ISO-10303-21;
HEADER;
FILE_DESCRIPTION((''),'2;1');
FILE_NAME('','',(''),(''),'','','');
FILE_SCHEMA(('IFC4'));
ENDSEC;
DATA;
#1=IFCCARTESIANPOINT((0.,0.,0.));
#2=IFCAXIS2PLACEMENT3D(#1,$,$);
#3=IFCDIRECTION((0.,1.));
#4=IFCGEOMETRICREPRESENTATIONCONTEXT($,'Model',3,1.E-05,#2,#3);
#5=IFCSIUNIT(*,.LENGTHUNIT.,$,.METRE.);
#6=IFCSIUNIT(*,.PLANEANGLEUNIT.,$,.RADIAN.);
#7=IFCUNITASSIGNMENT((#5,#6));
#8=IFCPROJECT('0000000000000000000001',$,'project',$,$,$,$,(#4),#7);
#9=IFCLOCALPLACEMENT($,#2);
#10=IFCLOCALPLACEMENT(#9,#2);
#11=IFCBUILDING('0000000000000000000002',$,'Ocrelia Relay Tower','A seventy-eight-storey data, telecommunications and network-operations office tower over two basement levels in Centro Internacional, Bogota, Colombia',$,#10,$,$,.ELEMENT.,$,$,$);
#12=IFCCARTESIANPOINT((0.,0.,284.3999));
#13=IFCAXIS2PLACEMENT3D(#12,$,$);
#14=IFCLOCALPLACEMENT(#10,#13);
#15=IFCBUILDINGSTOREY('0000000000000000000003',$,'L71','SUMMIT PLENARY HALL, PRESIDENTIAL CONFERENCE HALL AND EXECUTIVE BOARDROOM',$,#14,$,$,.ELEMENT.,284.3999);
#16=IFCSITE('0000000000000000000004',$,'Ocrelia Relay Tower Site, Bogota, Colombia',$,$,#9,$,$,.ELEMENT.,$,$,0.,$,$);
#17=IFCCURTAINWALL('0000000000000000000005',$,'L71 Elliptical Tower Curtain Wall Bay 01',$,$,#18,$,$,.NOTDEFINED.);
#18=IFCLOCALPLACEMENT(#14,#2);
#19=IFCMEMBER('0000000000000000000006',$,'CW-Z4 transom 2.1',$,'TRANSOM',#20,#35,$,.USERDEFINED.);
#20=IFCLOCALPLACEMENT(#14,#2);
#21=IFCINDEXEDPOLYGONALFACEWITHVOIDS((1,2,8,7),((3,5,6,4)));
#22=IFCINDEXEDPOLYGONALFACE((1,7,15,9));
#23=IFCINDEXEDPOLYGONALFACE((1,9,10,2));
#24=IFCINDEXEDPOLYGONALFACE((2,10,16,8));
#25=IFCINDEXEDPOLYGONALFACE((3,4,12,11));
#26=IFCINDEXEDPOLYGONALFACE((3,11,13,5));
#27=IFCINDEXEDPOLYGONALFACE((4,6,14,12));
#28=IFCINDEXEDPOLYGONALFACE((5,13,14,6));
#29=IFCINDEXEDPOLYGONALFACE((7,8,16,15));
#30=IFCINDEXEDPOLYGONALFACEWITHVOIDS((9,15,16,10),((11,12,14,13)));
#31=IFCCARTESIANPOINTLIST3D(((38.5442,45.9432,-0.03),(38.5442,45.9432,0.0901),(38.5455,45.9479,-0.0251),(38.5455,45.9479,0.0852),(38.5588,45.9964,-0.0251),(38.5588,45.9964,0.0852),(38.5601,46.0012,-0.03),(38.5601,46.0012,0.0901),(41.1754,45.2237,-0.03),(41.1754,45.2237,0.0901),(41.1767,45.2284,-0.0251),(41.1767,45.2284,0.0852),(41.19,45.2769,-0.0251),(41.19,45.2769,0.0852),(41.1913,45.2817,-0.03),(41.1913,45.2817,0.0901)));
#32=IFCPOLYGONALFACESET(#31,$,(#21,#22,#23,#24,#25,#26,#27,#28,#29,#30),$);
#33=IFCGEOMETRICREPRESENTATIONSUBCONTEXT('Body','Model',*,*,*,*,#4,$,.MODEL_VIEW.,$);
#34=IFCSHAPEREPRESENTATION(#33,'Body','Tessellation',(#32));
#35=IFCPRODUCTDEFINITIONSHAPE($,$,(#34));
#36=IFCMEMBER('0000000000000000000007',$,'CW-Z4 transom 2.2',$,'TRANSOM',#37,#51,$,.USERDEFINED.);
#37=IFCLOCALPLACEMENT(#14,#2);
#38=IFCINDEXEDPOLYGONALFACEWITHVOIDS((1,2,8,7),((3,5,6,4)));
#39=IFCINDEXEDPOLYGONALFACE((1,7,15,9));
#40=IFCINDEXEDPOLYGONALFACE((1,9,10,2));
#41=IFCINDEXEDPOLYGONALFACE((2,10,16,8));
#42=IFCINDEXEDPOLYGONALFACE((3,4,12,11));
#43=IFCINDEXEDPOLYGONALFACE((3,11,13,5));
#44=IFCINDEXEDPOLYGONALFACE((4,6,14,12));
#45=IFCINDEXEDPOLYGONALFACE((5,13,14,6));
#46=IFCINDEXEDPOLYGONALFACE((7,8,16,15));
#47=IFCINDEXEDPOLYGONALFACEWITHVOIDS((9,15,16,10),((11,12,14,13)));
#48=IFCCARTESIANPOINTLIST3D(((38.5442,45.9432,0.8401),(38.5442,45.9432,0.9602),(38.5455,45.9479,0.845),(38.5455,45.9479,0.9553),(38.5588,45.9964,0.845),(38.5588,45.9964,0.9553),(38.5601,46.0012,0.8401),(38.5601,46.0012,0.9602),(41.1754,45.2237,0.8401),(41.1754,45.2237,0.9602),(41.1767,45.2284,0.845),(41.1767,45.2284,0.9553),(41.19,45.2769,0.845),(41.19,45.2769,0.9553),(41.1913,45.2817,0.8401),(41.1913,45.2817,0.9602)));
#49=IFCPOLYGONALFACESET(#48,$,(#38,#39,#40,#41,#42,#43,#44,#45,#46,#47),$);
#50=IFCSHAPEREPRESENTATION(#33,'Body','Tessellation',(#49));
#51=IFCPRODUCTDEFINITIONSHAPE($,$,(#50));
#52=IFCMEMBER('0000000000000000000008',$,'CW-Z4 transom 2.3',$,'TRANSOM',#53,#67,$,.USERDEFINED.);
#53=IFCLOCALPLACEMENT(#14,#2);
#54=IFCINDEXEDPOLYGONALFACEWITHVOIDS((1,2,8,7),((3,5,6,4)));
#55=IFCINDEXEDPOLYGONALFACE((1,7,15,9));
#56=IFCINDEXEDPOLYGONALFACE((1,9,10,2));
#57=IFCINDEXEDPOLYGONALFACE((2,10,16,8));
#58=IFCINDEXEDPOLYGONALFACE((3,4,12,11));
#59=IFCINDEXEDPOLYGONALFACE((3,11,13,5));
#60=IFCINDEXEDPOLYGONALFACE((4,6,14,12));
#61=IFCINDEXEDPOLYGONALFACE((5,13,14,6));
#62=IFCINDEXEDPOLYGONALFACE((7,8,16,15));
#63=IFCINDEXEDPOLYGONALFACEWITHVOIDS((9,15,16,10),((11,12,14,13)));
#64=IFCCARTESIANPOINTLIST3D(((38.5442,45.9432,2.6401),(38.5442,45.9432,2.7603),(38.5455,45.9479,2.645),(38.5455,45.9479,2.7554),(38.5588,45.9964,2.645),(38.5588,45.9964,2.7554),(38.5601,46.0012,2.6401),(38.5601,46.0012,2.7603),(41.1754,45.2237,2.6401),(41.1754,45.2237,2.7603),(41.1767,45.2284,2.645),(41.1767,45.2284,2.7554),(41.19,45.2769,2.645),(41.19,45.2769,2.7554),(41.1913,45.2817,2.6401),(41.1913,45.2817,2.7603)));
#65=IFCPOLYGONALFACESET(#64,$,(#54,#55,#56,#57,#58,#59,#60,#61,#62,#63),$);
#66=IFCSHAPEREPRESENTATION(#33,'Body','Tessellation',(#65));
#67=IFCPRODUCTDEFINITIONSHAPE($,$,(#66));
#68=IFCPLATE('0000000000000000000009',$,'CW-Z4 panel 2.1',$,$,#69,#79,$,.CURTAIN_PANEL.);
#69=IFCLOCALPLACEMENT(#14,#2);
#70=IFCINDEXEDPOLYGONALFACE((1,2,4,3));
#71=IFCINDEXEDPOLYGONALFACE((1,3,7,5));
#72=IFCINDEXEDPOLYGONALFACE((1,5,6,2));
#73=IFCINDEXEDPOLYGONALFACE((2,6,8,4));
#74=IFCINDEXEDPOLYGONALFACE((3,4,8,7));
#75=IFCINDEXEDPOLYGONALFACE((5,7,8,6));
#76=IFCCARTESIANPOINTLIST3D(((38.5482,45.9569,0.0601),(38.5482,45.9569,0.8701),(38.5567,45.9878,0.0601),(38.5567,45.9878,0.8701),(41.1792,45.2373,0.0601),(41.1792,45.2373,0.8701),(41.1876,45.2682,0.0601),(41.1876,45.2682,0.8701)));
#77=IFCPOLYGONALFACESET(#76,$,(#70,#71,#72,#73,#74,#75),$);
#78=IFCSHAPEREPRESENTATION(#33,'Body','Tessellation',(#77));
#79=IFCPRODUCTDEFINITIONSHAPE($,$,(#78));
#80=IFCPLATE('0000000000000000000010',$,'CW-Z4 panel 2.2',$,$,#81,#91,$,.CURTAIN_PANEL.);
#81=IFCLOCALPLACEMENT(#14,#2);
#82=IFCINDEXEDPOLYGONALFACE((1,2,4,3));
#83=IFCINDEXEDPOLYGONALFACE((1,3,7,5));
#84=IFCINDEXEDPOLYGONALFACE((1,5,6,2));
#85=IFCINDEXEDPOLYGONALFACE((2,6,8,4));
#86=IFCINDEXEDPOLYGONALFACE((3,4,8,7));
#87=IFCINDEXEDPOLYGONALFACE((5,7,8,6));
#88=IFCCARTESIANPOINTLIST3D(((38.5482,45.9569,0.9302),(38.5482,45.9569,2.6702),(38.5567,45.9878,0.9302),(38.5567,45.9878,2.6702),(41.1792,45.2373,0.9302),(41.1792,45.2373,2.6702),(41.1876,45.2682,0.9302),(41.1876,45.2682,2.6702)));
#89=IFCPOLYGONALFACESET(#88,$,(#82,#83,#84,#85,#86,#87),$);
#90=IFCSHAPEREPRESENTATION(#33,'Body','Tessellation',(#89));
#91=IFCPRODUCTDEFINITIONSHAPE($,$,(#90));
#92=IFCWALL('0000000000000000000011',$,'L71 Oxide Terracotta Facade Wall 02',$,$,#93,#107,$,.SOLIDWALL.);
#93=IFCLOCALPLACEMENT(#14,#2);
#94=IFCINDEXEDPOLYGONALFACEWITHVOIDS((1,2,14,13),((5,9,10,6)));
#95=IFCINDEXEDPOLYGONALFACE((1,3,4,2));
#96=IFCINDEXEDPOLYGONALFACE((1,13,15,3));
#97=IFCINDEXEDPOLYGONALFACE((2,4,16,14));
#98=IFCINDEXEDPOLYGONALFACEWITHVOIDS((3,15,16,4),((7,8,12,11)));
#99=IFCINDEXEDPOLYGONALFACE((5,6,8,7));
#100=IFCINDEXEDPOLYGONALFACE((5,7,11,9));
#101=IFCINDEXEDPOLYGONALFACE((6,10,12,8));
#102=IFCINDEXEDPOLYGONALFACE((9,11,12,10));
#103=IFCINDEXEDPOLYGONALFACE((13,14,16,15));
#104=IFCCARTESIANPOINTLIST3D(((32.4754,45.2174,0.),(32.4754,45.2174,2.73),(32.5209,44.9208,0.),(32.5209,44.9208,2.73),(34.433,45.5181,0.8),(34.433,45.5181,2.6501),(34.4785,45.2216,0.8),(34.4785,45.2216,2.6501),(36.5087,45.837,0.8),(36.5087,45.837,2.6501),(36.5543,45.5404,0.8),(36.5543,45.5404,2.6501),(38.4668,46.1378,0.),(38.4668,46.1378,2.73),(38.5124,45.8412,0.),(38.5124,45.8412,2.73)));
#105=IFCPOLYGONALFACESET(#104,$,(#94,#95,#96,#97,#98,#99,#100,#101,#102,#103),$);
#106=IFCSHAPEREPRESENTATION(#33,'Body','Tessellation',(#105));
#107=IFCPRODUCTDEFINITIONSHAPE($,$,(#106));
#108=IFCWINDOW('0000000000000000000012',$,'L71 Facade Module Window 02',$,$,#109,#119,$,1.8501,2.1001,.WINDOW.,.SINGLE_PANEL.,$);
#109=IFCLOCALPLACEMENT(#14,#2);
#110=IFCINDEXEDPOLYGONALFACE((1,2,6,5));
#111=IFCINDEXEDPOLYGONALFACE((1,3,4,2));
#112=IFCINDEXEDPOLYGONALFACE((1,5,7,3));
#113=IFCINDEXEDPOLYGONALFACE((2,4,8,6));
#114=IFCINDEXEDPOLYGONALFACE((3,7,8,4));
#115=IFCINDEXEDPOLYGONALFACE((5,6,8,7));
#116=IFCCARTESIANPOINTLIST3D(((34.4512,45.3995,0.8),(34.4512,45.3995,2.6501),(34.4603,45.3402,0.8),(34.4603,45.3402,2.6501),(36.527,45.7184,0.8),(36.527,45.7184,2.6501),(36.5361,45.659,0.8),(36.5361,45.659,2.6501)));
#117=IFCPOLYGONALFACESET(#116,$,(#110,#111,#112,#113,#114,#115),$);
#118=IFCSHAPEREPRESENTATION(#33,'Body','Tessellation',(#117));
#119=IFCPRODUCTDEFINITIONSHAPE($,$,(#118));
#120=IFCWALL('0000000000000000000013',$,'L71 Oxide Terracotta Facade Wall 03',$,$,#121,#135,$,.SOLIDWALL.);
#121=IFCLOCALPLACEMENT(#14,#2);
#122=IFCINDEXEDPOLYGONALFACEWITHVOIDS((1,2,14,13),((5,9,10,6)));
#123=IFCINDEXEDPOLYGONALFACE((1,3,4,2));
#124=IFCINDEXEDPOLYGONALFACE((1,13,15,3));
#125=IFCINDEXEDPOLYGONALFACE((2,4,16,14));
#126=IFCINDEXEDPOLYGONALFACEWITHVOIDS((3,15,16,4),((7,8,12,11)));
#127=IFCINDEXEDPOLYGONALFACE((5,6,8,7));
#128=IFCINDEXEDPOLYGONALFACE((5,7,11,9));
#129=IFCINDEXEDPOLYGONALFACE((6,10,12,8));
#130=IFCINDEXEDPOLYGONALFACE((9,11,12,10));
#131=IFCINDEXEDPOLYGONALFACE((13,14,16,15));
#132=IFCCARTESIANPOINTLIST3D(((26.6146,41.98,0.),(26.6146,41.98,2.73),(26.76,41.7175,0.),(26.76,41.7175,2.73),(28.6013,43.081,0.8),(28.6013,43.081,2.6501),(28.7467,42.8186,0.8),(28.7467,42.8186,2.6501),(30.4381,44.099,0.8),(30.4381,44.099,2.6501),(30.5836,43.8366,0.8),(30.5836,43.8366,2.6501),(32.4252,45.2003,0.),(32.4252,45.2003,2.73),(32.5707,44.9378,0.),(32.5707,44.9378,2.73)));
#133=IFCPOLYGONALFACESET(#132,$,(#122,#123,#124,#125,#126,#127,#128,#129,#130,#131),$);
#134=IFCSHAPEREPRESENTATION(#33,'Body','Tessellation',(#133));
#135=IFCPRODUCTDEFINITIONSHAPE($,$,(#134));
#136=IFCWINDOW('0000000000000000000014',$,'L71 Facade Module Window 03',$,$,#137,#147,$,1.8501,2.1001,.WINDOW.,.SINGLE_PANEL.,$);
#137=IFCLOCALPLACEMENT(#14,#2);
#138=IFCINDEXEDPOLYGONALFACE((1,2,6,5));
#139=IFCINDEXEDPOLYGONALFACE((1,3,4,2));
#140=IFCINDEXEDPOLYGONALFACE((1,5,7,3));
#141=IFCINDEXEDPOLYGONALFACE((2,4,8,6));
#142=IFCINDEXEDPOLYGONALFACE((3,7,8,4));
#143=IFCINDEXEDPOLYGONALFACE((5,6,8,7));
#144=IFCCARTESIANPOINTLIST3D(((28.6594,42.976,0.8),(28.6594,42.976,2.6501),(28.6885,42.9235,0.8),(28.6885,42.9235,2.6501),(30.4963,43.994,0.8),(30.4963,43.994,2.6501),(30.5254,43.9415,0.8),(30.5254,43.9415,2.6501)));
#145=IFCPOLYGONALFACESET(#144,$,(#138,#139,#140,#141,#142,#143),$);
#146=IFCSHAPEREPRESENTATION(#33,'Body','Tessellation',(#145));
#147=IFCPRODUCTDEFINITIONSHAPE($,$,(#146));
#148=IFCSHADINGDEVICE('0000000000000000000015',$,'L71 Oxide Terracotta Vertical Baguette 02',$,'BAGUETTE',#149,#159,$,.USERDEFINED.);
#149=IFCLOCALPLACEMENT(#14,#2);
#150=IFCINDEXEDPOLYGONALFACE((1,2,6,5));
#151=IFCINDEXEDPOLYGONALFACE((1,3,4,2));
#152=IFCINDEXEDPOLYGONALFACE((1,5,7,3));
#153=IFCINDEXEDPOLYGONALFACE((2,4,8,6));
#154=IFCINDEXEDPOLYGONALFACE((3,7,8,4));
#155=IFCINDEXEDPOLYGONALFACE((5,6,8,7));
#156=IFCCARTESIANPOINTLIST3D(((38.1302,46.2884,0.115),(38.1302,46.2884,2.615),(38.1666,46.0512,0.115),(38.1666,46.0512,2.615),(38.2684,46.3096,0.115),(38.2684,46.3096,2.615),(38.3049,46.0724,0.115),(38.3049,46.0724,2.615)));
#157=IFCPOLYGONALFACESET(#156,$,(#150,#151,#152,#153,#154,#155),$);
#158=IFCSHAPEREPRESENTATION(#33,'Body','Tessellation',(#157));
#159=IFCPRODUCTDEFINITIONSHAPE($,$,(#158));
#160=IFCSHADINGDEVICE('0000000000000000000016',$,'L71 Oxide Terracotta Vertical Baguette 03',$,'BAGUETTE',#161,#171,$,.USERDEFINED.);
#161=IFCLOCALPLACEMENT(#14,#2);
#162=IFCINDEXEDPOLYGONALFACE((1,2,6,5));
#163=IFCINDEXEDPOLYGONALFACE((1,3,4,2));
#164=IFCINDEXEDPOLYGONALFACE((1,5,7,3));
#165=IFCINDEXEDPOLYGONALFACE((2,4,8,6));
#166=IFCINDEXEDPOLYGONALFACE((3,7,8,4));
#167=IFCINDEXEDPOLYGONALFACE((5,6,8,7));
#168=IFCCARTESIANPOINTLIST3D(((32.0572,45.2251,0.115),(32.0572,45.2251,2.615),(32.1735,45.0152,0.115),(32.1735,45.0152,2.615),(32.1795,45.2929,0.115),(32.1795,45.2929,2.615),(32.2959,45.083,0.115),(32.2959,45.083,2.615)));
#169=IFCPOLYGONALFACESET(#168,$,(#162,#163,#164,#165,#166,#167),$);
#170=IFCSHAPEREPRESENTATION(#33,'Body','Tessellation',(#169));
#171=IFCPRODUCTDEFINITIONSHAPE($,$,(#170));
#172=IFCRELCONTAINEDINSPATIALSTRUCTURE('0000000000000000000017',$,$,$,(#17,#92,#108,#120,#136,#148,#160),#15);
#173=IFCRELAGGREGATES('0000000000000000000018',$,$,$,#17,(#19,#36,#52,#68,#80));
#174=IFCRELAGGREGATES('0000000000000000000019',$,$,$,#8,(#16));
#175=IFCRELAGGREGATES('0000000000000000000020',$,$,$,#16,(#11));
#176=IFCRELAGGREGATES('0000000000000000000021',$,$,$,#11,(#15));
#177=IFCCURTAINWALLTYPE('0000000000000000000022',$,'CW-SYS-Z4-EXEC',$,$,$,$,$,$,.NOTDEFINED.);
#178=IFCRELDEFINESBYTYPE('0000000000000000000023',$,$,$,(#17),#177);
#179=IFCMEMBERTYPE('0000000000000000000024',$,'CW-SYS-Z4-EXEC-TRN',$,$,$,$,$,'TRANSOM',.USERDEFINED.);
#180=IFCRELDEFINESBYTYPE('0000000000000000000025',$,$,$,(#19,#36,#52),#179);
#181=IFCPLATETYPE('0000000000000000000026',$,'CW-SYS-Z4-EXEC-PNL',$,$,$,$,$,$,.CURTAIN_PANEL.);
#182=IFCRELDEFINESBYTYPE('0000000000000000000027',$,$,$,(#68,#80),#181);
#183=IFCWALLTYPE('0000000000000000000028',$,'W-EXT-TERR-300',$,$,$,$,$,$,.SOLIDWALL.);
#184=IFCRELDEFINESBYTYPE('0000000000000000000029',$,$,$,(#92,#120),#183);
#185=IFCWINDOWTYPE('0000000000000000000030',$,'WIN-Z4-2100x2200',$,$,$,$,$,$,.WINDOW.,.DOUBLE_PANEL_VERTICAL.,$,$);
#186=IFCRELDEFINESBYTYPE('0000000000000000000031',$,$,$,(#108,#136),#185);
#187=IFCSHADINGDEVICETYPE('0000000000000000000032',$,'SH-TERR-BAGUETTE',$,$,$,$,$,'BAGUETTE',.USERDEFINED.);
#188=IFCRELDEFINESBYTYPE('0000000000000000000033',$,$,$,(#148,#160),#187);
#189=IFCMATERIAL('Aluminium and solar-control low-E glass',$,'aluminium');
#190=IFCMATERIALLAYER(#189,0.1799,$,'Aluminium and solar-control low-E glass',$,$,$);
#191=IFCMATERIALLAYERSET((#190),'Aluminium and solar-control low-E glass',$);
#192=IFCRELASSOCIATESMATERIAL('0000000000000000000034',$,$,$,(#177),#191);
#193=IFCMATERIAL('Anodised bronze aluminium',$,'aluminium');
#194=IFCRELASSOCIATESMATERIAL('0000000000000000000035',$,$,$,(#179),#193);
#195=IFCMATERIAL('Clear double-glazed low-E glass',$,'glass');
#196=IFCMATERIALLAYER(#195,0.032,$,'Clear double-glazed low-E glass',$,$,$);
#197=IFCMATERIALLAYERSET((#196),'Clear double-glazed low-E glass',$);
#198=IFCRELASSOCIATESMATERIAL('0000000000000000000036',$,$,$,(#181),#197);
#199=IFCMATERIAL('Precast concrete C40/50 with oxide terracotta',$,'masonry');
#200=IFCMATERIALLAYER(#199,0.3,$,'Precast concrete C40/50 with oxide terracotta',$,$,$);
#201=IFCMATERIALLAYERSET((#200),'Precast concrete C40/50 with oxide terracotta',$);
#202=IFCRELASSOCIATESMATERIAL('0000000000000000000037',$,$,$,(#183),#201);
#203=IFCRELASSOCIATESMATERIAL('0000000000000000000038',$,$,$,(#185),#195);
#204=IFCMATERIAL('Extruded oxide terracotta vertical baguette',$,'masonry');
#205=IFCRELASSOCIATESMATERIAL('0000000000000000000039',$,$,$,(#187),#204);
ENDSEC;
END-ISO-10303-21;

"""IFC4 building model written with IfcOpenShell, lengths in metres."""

from ifc_helpers import new_model, si_unit, direction, frame, frame_2d, origin, origin_2d, place, context, subcontext, project, spatial, rectangle, hollow_rectangle, extrude, material, layer, layer_set, material_profile, profile_set, type_object, element, fill, aggregate, save


model = new_model("IFC4")

# Units and contexts
model_context = context("Model", 3, precision=1e-05, world=origin(), true_north=direction((0.0, 1.0)))
body_context = subcontext(model_context, "Body", "Model", "MODEL_VIEW")
ifc_project = project(units=[si_unit("LENGTHUNIT", "METRE"), si_unit("PLANEANGLEUNIT", "RADIAN")], contexts=[model_context])

# Site, building, storey
site_placement = place(None, origin())
site = spatial("IfcSite", under=ifc_project, at=site_placement, Name="Ocrelia Relay Tower Site, Bogota, Colombia", CompositionType="ELEMENT", RefElevation=0.0)
building_placement = place(site_placement, origin())
building = spatial("IfcBuilding", under=site, at=building_placement, Name="Ocrelia Relay Tower", Description="A seventy-eight-storey data, telecommunications and network-operations office tower over two basement levels in Centro Internacional, Bogota, Colombia", CompositionType="ELEMENT")
storey_placement = place(building_placement, frame((0.0, 0.0, 284.3999)))
storey = spatial("IfcBuildingStorey", under=building, at=storey_placement, Name="L71", Description="SUMMIT PLENARY HALL, PRESIDENTIAL CONFERENCE HALL AND EXECUTIVE BOARDROOM", CompositionType="ELEMENT", Elevation=284.3999)

# Curtain wall, members, plates
ifc_material_1 = material(Name="Aluminium and solar-control low-E glass", Category="aluminium")
ifc_layer_1 = layer(ifc_material_1, 0.1799, Name="Aluminium and solar-control low-E glass")
ifc_layer_set_1 = layer_set([ifc_layer_1], Name="Aluminium and solar-control low-E glass")
curtain_wall_type = type_object("IfcCurtainWallType", Name="CW-SYS-Z4-EXEC", PredefinedType="NOTDEFINED", material=ifc_layer_set_1)
curtain_wall_placement = place(storey_placement, origin())
curtain_wall = element("IfcCurtainWall", 1, at=curtain_wall_placement, inside=storey, type_object=curtain_wall_type, Name="L71 Elliptical Tower Curtain Wall Bay 01", PredefinedType="NOTDEFINED")
ifc_material_2 = material(Name="Anodised bronze aluminium", Category="aluminium")
ifc_material_profile_1 = material_profile(ifc_material_2, hollow_rectangle(XDim=0.0601, YDim=0.1201, WallThickness=0.0049, at=origin_2d()), Name="CW-TRN-120x60")
ifc_profile_set_1 = profile_set([ifc_material_profile_1], Name="Anodised bronze aluminium")
member_type_1 = type_object("IfcMemberType", Name="CW-SYS-Z4-EXEC-TRN", ElementType="TRANSOM", PredefinedType="USERDEFINED", material=ifc_profile_set_1)
member_1_placement = place(storey_placement, frame((41.1833, 45.2527, 0.03), z_axis=(-0.964586, 0.263769, 0.0), x_axis=(-0.263769, -0.964586, 0.0)))
member_1 = element("IfcMember", 2, at=member_1_placement, type_object=member_type_1, Name="CW-Z4 transom 2.1", ObjectType="TRANSOM", PredefinedType="USERDEFINED", context=body_context, shape_type="SweptSolid", body=[
    extrude(hollow_rectangle(XDim=0.0601, YDim=0.1201, WallThickness=0.0049, at=origin_2d()), origin(), (0.0, 0.0, 1.0), 2.7278),
])
member_2_placement = place(storey_placement, frame((41.1833, 45.2527, 0.9001), z_axis=(-0.964586, 0.263769, 0.0), x_axis=(-0.263769, -0.964586, 0.0)))
member_2 = element("IfcMember", 3, at=member_2_placement, type_object=member_type_1, Name="CW-Z4 transom 2.2", ObjectType="TRANSOM", PredefinedType="USERDEFINED", context=body_context, shape_type="SweptSolid", body=[
    extrude(hollow_rectangle(XDim=0.0601, YDim=0.1201, WallThickness=0.0049, at=origin_2d()), origin(), (0.0, 0.0, 1.0), 2.7278),
])
member_3_placement = place(storey_placement, frame((41.1833, 45.2527, 2.7002), z_axis=(-0.964586, 0.263769, 0.0), x_axis=(-0.263769, -0.964586, 0.0)))
member_3 = element("IfcMember", 4, at=member_3_placement, type_object=member_type_1, Name="CW-Z4 transom 2.3", ObjectType="TRANSOM", PredefinedType="USERDEFINED", context=body_context, shape_type="SweptSolid", body=[
    extrude(hollow_rectangle(XDim=0.0601, YDim=0.1201, WallThickness=0.0049, at=origin_2d()), origin(), (0.0, 0.0, 1.0), 2.7278),
])
ifc_material_3 = material(Name="Clear double-glazed low-E glass", Category="glass")
ifc_layer_2 = layer(ifc_material_3, 0.032, Name="Clear double-glazed low-E glass")
ifc_layer_set_2 = layer_set([ifc_layer_2], Name="Clear double-glazed low-E glass")
plate_type = type_object("IfcPlateType", Name="CW-SYS-Z4-EXEC-PNL", PredefinedType="CURTAIN_PANEL", material=ifc_layer_set_2)
plate_1_placement = place(storey_placement, frame((39.8679, 45.6125, 0.0601), z_axis=(0.0, 0.0, 1.0), x_axis=(-0.96457, 0.263827, 0.0)))
plate_1 = element("IfcPlate", 5, at=plate_1_placement, type_object=plate_type, Name="CW-Z4 panel 2.1", PredefinedType="CURTAIN_PANEL", context=body_context, shape_type="SweptSolid", body=[
    extrude(rectangle(XDim=2.7275, YDim=0.032, at=origin_2d()), origin(), (0.0, 0.0, 1.0), 0.8101),
])
plate_2_placement = place(storey_placement, frame((39.8679, 45.6125, 0.9302), z_axis=(0.0, 0.0, 1.0), x_axis=(-0.96457, 0.263827, 0.0)))
plate_2 = element("IfcPlate", 6, at=plate_2_placement, type_object=plate_type, Name="CW-Z4 panel 2.2", PredefinedType="CURTAIN_PANEL", context=body_context, shape_type="SweptSolid", body=[
    extrude(rectangle(XDim=2.7275, YDim=0.032, at=origin_2d()), origin(), (0.0, 0.0, 1.0), 1.74),
])
aggregate(curtain_wall, [member_1, member_2, member_3, plate_1, plate_2])

# Walls, openings, windows
ifc_material_4 = material(Name="Precast concrete C40/50 with oxide terracotta", Category="masonry")
ifc_layer_3 = layer(ifc_material_4, 0.3, Name="Precast concrete C40/50 with oxide terracotta")
ifc_layer_set_3 = layer_set([ifc_layer_3], Name="Precast concrete C40/50 with oxide terracotta")
wall_type = type_object("IfcWallType", Name="W-EXT-TERR-300", PredefinedType="SOLIDWALL", material=ifc_layer_set_3)
wall_1_placement = place(storey_placement, frame((38.4895, 45.9895, 0.0), z_axis=(0.0, 0.0, 1.0), x_axis=(-0.988405, -0.151839, 0.0)))
wall_1 = element("IfcWall", 7, at=wall_1_placement, inside=storey, type_object=wall_type, Name="L71 Oxide Terracotta Facade Wall 02", PredefinedType="SOLIDWALL", context=body_context, shape_type="SweptSolid", body=[
    extrude(rectangle(XDim=6.0618, YDim=0.3, at=frame_2d((3.0308, 0.0))), origin(), (0.0, 0.0, 1.0), 2.73),
])
opening_1_placement = place(wall_1_placement, frame((1.981, 0.0, 0.8)))
opening_1 = element("IfcOpeningElement", 8, at=opening_1_placement, cuts=wall_1, PredefinedType="OPENING", context=body_context, shape_type="SweptSolid", body=[
    extrude(rectangle(XDim=2.1001, YDim=1.8501, at=frame_2d((1.05, 0.925))), frame((0.0, 0.1602, 0.0), z_axis=(0.0, -1.0, 0.0), x_axis=(1.0, 0.0, 0.0)), (0.0, 0.0, 1.0), 0.3201),
])
window_type = type_object("IfcWindowType", Name="WIN-Z4-2100x2200", PartitioningType="DOUBLE_PANEL_VERTICAL", PredefinedType="WINDOW", material=ifc_material_3)
window_1_placement = place(opening_1_placement, origin())
window_1 = element("IfcWindow", 9, at=window_1_placement, inside=storey, type_object=window_type, Name="L71 Facade Module Window 02", OverallHeight=1.8501, OverallWidth=2.1001, PartitioningType="SINGLE_PANEL", PredefinedType="WINDOW", context=body_context, shape_type="SweptSolid", body=[
    extrude(rectangle(XDim=2.1001, YDim=1.8501, at=frame_2d((1.05, 0.925))), frame((0.0, 0.03, 0.0), z_axis=(0.0, -1.0, 0.0), x_axis=(1.0, 0.0, 0.0)), (0.0, 0.0, 1.0), 0.0601),
])
fill(opening_1, window_1)
wall_2_placement = place(storey_placement, frame((32.498, 45.0691, 0.0), z_axis=(0.0, 0.0, 1.0), x_axis=(-0.87466, -0.484738, 0.0)))
wall_2 = element("IfcWall", 10, at=wall_2_placement, inside=storey, type_object=wall_type, Name="L71 Oxide Terracotta Facade Wall 03", PredefinedType="SOLIDWALL", context=body_context, shape_type="SweptSolid", body=[
    extrude(rectangle(XDim=6.6433, YDim=0.3, at=frame_2d((3.3218, 0.0))), origin(), (0.0, 0.0, 1.0), 2.73),
])
opening_2_placement = place(wall_2_placement, frame((2.272, 0.0, 0.8)))
opening_2 = element("IfcOpeningElement", 11, at=opening_2_placement, cuts=wall_2, PredefinedType="OPENING", context=body_context, shape_type="SweptSolid", body=[
    extrude(rectangle(XDim=2.1001, YDim=1.8501, at=frame_2d((1.05, 0.925))), frame((0.0, 0.1602, 0.0), z_axis=(0.0, -1.0, 0.0), x_axis=(1.0, 0.0, 0.0)), (0.0, 0.0, 1.0), 0.3201),
])
window_2_placement = place(opening_2_placement, origin())
window_2 = element("IfcWindow", 12, at=window_2_placement, inside=storey, type_object=window_type, Name="L71 Facade Module Window 03", OverallHeight=1.8501, OverallWidth=2.1001, PartitioningType="SINGLE_PANEL", PredefinedType="WINDOW", context=body_context, shape_type="SweptSolid", body=[
    extrude(rectangle(XDim=2.1001, YDim=1.8501, at=frame_2d((1.05, 0.925))), frame((0.0, 0.03, 0.0), z_axis=(0.0, -1.0, 0.0), x_axis=(1.0, 0.0, 0.0)), (0.0, 0.0, 1.0), 0.0601),
])
fill(opening_2, window_2)

# Shading devices
ifc_material_5 = material(Name="Extruded oxide terracotta vertical baguette", Category="masonry")
shading_device_type_1 = type_object("IfcShadingDeviceType", Name="SH-TERR-BAGUETTE", ElementType="BAGUETTE", PredefinedType="USERDEFINED", material=ifc_material_5)
for number, where, z_axis, x_axis, name in (
    (13, (38.2175, 46.1804, 0.115), (0.0, 0.0, 1.0), (-0.988411, -0.151802, 0.0), "L71 Oxide Terracotta Vertical Baguette 02"),
    (14, (32.1765, 45.1541, 0.115), (0.0, 0.0, 1.0), (-0.874649, -0.484757, 0.0), "L71 Oxide Terracotta Vertical Baguette 03"),
):
    element("IfcShadingDevice", number, at=place(storey_placement, frame(where, z_axis=z_axis, x_axis=x_axis)), inside=storey, type_object=shading_device_type_1, Name=name, ObjectType="BAGUETTE", PredefinedType="USERDEFINED", context=body_context, shape_type="SweptSolid", body=[
        extrude(rectangle(XDim=0.1399, YDim=0.24, at=origin_2d()), origin(), (0.0, 0.0, 1.0), 2.5),
    ])

save(model, "model.ifc")
